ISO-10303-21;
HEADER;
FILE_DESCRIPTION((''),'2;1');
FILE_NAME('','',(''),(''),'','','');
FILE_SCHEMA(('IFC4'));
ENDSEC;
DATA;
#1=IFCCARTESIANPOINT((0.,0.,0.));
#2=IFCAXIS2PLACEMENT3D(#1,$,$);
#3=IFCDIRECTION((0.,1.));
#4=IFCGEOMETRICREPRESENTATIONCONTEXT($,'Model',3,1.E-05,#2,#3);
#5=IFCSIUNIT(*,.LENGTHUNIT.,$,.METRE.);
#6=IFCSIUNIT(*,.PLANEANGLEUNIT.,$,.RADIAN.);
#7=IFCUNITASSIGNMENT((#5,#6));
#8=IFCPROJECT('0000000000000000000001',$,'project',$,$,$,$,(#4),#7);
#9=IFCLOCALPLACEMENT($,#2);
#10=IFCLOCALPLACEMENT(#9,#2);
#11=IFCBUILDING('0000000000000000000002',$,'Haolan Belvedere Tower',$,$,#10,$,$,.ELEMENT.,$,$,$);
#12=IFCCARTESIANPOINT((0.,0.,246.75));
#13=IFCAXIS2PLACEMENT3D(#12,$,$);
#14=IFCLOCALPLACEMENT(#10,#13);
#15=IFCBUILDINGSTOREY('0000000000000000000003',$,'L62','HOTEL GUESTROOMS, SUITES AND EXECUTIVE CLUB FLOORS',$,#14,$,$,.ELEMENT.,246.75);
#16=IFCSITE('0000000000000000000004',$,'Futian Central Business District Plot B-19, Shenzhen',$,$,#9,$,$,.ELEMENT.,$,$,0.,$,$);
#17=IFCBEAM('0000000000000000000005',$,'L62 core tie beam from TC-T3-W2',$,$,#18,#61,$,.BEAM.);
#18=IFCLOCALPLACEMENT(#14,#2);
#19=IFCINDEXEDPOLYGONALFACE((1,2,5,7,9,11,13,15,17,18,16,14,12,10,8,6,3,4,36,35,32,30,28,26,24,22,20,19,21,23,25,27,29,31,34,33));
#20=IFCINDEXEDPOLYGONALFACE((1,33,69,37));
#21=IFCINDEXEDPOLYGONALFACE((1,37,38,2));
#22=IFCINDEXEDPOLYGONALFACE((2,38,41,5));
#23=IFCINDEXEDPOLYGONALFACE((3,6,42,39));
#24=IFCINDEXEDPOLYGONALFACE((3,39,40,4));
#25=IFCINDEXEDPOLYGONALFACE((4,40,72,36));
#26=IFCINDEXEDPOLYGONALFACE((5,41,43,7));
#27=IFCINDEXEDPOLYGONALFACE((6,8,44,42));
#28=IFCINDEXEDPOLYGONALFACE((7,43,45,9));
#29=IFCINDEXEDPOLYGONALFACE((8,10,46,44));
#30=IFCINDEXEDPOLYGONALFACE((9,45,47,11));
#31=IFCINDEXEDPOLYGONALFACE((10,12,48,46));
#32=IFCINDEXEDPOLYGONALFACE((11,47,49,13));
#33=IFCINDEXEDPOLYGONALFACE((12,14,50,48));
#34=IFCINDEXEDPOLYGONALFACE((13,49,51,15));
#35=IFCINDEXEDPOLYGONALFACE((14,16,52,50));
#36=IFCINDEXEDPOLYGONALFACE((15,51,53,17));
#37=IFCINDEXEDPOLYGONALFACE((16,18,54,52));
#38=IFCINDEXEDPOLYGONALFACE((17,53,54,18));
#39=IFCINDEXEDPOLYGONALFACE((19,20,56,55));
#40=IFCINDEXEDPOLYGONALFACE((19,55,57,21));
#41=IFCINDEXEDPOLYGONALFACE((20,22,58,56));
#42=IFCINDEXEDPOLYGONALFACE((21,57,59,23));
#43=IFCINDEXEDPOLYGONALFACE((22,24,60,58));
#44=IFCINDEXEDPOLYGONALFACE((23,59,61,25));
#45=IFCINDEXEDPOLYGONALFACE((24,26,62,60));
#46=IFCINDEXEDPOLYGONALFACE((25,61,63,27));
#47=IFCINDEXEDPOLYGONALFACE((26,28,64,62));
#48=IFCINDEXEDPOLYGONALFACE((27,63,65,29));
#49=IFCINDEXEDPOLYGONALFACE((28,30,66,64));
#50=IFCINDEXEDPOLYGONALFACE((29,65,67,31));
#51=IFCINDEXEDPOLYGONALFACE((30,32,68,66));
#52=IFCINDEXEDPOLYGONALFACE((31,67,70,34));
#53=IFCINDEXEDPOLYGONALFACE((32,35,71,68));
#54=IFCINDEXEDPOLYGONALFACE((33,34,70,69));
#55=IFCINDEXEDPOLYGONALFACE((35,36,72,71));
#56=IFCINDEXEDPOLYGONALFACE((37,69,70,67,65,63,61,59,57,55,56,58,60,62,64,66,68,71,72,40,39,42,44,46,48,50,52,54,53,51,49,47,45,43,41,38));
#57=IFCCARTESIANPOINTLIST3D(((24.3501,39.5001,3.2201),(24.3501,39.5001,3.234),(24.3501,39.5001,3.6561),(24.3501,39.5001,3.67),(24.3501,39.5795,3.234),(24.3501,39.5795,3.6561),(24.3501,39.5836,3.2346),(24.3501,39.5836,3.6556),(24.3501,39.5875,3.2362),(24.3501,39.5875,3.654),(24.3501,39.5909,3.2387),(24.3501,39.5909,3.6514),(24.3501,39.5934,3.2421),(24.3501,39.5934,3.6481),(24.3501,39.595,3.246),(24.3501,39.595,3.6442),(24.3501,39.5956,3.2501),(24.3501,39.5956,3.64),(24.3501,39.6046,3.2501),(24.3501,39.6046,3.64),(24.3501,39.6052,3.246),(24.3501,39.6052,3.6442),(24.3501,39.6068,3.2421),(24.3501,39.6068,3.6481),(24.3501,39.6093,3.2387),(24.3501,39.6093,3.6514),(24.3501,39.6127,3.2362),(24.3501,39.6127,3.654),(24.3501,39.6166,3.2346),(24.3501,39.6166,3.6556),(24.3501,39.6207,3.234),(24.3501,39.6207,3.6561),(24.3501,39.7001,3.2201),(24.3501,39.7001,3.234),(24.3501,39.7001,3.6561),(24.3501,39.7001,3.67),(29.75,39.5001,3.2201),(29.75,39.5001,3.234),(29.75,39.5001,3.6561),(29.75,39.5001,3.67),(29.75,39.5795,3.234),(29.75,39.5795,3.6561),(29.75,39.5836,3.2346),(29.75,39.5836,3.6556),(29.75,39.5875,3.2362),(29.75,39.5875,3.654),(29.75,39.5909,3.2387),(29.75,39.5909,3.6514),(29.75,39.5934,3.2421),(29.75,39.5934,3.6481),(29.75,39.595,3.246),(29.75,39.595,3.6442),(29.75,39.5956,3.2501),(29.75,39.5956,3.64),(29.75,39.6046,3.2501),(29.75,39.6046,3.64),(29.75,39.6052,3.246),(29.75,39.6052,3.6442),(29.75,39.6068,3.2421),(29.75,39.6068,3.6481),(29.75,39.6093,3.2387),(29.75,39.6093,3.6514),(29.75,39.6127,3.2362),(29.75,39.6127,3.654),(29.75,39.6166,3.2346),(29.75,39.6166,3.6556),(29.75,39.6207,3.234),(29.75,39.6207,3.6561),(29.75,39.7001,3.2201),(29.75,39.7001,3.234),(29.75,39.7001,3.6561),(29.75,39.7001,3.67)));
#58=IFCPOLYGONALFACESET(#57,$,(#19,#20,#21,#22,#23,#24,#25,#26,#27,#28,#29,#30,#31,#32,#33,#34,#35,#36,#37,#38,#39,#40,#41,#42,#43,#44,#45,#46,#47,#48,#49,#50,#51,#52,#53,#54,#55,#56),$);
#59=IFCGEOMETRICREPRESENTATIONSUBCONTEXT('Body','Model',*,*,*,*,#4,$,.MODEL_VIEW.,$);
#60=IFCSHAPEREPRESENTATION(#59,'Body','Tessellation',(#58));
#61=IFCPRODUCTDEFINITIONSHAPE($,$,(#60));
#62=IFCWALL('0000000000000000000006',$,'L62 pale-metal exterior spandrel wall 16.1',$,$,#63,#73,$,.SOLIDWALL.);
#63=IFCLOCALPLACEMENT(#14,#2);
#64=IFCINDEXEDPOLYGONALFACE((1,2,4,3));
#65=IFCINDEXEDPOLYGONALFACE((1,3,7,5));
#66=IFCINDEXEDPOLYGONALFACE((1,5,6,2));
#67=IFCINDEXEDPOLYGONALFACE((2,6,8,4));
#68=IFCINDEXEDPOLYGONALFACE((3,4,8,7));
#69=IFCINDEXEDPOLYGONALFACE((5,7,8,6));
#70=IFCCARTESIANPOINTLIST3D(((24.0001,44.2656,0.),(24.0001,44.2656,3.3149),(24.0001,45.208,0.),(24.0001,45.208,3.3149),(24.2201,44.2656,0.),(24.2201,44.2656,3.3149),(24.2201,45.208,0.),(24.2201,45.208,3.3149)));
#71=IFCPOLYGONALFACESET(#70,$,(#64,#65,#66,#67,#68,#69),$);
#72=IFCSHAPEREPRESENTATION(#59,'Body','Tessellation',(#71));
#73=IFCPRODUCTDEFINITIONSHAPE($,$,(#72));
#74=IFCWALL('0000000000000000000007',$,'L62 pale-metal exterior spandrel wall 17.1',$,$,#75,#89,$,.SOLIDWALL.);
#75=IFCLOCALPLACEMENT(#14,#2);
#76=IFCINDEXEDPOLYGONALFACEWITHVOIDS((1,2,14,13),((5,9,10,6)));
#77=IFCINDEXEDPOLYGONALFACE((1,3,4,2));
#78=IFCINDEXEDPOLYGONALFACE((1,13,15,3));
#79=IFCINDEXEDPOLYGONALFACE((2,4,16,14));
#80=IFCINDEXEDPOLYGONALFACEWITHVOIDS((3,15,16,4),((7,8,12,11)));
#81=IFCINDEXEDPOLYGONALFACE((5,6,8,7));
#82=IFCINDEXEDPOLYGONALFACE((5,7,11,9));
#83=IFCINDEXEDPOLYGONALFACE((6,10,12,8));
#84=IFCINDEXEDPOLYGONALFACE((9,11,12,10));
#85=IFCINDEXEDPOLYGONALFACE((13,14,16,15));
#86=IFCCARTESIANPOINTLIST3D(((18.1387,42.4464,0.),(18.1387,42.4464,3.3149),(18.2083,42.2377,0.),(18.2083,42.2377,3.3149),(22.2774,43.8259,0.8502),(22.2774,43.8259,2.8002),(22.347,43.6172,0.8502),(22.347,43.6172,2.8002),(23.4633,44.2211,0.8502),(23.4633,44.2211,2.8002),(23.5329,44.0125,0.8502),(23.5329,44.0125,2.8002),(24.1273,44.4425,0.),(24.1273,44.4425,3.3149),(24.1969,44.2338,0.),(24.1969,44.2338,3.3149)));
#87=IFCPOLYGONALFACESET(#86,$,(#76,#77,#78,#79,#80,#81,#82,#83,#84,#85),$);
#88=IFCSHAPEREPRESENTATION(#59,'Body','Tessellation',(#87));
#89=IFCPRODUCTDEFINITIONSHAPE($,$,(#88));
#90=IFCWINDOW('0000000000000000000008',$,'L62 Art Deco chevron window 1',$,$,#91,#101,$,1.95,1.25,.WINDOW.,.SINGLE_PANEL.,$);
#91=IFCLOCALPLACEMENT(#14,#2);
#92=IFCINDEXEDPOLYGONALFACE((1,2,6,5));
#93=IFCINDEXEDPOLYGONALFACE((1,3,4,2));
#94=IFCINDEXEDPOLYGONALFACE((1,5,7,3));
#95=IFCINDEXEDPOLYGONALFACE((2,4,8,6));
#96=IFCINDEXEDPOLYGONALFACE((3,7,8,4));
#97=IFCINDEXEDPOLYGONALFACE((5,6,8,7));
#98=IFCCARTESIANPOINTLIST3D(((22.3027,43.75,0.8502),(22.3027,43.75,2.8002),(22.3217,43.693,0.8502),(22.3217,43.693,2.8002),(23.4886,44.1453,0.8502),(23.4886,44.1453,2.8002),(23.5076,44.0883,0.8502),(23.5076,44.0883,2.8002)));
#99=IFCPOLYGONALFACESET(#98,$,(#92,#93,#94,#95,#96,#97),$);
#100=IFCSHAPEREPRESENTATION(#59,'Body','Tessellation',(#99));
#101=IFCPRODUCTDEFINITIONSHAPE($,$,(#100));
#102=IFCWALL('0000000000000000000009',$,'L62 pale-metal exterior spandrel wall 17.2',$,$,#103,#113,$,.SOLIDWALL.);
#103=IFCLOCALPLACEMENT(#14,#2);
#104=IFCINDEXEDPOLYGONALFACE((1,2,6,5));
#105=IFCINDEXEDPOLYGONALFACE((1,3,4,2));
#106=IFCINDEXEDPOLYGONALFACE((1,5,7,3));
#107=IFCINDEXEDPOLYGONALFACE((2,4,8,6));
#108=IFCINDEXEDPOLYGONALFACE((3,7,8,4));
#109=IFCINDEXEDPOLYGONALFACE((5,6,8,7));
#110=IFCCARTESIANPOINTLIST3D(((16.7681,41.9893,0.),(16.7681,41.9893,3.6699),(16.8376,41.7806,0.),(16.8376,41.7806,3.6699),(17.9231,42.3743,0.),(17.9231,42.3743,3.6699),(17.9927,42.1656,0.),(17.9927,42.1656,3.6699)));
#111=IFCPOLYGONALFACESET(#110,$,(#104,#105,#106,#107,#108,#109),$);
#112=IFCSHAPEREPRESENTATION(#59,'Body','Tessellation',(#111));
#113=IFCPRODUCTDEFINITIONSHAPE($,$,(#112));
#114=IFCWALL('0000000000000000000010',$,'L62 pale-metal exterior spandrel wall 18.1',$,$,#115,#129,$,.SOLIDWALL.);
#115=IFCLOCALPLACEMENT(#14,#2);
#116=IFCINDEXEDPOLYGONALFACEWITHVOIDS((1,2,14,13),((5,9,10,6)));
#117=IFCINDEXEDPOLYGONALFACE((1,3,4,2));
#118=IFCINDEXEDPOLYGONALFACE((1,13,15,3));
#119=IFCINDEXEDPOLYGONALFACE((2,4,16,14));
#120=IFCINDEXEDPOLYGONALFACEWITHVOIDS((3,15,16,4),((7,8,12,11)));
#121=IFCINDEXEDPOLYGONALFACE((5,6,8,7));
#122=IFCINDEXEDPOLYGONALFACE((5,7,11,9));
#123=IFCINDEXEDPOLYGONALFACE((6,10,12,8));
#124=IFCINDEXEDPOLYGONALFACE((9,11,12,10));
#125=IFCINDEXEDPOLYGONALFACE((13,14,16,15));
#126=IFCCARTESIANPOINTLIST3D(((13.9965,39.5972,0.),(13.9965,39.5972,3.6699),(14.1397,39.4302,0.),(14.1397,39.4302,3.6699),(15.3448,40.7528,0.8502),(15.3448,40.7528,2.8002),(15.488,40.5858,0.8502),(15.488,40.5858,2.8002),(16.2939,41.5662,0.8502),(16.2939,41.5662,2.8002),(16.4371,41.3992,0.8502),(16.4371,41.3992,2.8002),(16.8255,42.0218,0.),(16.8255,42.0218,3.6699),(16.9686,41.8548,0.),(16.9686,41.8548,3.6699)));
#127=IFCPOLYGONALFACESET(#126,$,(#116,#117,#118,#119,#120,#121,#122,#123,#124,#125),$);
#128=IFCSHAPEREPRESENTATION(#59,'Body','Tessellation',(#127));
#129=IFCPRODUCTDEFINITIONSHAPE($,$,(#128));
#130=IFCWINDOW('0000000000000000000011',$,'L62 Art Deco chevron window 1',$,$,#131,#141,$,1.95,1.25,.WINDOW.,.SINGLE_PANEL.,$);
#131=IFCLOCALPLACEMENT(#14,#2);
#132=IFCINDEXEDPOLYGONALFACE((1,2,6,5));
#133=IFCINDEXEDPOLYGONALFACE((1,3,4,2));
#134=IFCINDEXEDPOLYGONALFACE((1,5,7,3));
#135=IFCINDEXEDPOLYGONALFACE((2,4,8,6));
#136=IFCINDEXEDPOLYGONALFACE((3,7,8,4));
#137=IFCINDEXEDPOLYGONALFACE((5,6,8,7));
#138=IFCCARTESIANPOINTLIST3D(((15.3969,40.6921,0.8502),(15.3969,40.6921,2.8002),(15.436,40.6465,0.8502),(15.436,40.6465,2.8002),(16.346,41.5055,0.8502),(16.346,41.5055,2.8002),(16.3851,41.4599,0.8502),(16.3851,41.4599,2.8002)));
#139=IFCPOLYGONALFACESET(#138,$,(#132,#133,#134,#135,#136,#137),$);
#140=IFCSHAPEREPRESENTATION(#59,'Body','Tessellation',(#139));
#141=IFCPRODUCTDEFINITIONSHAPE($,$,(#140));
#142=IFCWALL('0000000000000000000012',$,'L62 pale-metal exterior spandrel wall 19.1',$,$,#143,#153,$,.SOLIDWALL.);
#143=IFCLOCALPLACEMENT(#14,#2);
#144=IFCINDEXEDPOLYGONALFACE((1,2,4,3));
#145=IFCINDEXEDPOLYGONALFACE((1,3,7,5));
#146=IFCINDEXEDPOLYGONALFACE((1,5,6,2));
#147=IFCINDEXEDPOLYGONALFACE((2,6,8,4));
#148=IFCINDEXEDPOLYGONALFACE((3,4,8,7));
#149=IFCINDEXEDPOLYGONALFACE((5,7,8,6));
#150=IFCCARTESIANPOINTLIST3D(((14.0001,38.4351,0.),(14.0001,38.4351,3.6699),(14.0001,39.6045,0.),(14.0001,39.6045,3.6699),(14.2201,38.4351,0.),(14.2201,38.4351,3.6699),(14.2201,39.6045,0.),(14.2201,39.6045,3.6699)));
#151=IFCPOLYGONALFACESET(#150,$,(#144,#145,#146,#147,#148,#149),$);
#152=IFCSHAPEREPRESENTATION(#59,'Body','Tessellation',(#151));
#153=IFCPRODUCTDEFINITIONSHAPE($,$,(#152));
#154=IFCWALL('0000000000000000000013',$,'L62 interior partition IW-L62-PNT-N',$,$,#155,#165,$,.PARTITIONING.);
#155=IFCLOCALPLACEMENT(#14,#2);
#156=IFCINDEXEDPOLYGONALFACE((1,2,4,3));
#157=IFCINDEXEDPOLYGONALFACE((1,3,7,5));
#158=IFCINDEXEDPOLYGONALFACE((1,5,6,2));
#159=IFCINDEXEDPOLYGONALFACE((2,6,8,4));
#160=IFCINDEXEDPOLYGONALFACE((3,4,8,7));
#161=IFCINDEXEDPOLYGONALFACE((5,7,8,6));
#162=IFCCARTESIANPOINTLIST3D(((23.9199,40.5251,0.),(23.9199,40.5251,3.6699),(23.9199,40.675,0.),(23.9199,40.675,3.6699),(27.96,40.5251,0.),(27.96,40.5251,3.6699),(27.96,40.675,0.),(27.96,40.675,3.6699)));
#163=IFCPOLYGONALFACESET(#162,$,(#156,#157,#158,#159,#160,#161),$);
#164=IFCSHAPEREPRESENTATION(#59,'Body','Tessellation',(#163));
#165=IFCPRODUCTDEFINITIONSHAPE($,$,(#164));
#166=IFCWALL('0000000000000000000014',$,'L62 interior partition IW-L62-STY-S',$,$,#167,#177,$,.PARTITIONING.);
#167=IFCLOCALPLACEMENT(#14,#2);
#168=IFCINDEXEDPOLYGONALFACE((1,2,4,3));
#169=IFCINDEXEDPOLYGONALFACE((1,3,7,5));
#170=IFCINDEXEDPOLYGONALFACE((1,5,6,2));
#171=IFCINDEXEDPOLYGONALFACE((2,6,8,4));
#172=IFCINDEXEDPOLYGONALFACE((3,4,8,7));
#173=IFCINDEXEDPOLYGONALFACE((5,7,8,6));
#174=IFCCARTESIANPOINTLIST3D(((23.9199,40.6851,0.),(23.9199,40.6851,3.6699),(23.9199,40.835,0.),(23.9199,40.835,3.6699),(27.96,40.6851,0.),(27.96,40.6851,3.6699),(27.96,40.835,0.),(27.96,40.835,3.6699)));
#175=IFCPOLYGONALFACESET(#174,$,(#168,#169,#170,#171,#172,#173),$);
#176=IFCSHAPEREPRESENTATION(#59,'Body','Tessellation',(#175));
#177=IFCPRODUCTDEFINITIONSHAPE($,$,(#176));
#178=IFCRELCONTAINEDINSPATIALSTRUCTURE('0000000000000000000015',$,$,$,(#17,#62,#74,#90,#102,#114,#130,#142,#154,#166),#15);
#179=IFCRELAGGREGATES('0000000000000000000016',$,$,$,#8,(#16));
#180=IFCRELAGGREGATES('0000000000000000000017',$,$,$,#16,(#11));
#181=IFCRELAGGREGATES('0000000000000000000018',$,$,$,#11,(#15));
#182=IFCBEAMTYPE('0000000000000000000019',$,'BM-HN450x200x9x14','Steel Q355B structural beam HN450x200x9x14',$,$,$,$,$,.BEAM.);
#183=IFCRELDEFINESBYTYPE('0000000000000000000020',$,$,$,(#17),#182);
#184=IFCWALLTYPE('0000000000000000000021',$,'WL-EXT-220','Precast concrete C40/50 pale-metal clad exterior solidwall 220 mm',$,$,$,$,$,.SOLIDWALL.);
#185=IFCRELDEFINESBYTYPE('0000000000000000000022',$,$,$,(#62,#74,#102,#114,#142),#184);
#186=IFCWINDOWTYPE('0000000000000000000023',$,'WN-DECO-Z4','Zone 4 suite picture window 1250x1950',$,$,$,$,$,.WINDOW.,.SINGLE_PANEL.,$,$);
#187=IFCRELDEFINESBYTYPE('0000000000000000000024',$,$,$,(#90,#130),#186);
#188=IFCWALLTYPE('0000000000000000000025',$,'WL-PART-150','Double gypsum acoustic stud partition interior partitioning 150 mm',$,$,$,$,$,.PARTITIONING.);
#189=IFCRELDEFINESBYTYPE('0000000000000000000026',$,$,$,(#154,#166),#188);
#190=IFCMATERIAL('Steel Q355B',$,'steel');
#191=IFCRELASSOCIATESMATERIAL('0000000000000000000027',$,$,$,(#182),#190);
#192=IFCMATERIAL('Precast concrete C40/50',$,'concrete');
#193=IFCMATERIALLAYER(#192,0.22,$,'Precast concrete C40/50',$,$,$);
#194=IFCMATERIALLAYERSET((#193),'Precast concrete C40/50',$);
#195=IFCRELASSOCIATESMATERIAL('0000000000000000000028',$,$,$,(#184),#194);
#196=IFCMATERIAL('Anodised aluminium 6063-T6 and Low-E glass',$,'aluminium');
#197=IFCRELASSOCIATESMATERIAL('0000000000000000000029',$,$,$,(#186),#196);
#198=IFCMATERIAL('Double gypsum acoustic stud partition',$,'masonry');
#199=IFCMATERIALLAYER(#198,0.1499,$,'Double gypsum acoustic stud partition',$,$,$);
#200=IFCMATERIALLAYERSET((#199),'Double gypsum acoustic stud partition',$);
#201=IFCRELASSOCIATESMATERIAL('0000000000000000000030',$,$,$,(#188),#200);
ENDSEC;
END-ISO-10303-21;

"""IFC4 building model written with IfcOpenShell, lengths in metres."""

from ifc_helpers import new_model, si_unit, direction, frame, frame_2d, origin, origin_2d, place, context, subcontext, project, spatial, rectangle, i_section, extrude, material, layer, layer_set, material_profile, profile_set, type_object, element, fill, save


model = new_model("IFC4")

# Units and contexts
model_context = context("Model", 3, precision=1e-05, world=origin(), true_north=direction((0.0, 1.0)))
body_context = subcontext(model_context, "Body", "Model", "MODEL_VIEW")
ifc_project = project(units=[si_unit("LENGTHUNIT", "METRE"), si_unit("PLANEANGLEUNIT", "RADIAN")], contexts=[model_context])

# Site, building, storey
site_placement = place(None, origin())
site = spatial("IfcSite", under=ifc_project, at=site_placement, Name="Futian Central Business District Plot B-19, Shenzhen", CompositionType="ELEMENT", RefElevation=0.0)
building_placement = place(site_placement, origin())
building = spatial("IfcBuilding", under=site, at=building_placement, Name="Haolan Belvedere Tower", CompositionType="ELEMENT")
storey_placement = place(building_placement, frame((0.0, 0.0, 246.75)))
storey = spatial("IfcBuildingStorey", under=building, at=storey_placement, Name="L62", Description="HOTEL GUESTROOMS, SUITES AND EXECUTIVE CLUB FLOORS", CompositionType="ELEMENT", Elevation=246.75)

# Beam
ifc_material_1 = material(Name="Steel Q355B", Category="steel")
ifc_material_profile_1 = material_profile(ifc_material_1, i_section(OverallWidth=0.2, OverallDepth=0.45, WebThickness=0.009, FlangeThickness=0.0139, FilletRadius=0.0161, at=origin_2d()), Name="Steel Q355B")
ifc_profile_set_1 = profile_set([ifc_material_profile_1], Name="Steel Q355B")
beam_type_1 = type_object("IfcBeamType", Name="BM-HN450x200x9x14", Description="Steel Q355B structural beam HN450x200x9x14", PredefinedType="BEAM", material=ifc_profile_set_1)
beam_1_placement = place(storey_placement, frame((24.3501, 39.6001, 3.4451), z_axis=(1.0, 0.0, 0.0), x_axis=(0.0, 1.0, 0.0)))
element("IfcBeam", 1, at=beam_1_placement, inside=storey, type_object=beam_type_1, Name="L62 core tie beam from TC-T3-W2", PredefinedType="BEAM", context=body_context, shape_type="SweptSolid", body=[
    extrude(i_section(OverallWidth=0.2, OverallDepth=0.45, WebThickness=0.009, FlangeThickness=0.0139, FilletRadius=0.0161, at=origin_2d()), origin(), (0.0, 0.0, 1.0), 5.3999),
])

# Wall
ifc_material_2 = material(Name="Precast concrete C40/50", Category="concrete")
ifc_layer_1 = layer(ifc_material_2, 0.22, Name="Precast concrete C40/50")
ifc_layer_set_1 = layer_set([ifc_layer_1], Name="Precast concrete C40/50")
wall_type_1 = type_object("IfcWallType", Name="WL-EXT-220", Description="Precast concrete C40/50 pale-metal clad exterior solidwall 220 mm", PredefinedType="SOLIDWALL", material=ifc_layer_set_1)
wall_1_placement = place(storey_placement, frame((24.1101, 45.208, 0.0), z_axis=(0.0, 0.0, 1.0), x_axis=(0.0, -1.0, 0.0)))
element("IfcWall", 2, at=wall_1_placement, inside=storey, type_object=wall_type_1, Name="L62 pale-metal exterior spandrel wall 16.1", PredefinedType="SOLIDWALL", context=body_context, shape_type="SweptSolid", body=[
    extrude(rectangle(XDim=0.9424, YDim=0.22, at=frame_2d((0.4712, 0.0))), origin(), (0.0, 0.0, 1.0), 3.3149),
])

# Wall, opening, window
wall_2_placement = place(storey_placement, frame((24.1621, 44.3381, 0.0), z_axis=(0.0, 0.0, 1.0), x_axis=(-0.948687, -0.316216, 0.0)))
wall_2 = element("IfcWall", 3, at=wall_2_placement, inside=storey, type_object=wall_type_1, Name="L62 pale-metal exterior spandrel wall 17.1", PredefinedType="SOLIDWALL", context=body_context, shape_type="SweptSolid", body=[
    extrude(rectangle(XDim=6.3125, YDim=0.22, at=frame_2d((3.1562, 0.0))), origin(), (0.0, 0.0, 1.0), 3.3149),
])
opening_1_placement = place(wall_2_placement, frame((0.7, 0.0, 0.8501)))
opening_1 = element("IfcOpeningElement", 4, at=opening_1_placement, cuts=wall_2, PredefinedType="OPENING", context=body_context, shape_type="SweptSolid", body=[
    extrude(rectangle(XDim=1.25, YDim=1.95, at=frame_2d((0.625, 0.9751))), frame((0.0, 0.1199, 0.0), z_axis=(0.0, -1.0, 0.0), x_axis=(1.0, 0.0, 0.0)), (0.0, 0.0, 1.0), 0.24),
])
ifc_material_3 = material(Name="Anodised aluminium 6063-T6 and Low-E glass", Category="aluminium")
window_type = type_object("IfcWindowType", Name="WN-DECO-Z4", Description="Zone 4 suite picture window 1250x1950", PartitioningType="SINGLE_PANEL", PredefinedType="WINDOW", material=ifc_material_3)
window_1_placement = place(opening_1_placement, origin())
window_1 = element("IfcWindow", 5, at=window_1_placement, inside=storey, type_object=window_type, Name="L62 Art Deco chevron window 1", OverallHeight=1.95, OverallWidth=1.25, PartitioningType="SINGLE_PANEL", PredefinedType="WINDOW", context=body_context, shape_type="SweptSolid", body=[
    extrude(rectangle(XDim=1.25, YDim=1.95, at=frame_2d((0.625, 0.9751))), frame((0.0, 0.03, 0.0), z_axis=(0.0, -1.0, 0.0), x_axis=(1.0, 0.0, 0.0)), (0.0, 0.0, 1.0), 0.0601),
])
fill(opening_1, window_1)

# Wall
wall_3_placement = place(storey_placement, frame((17.958, 42.27, 0.0), z_axis=(0.0, 0.0, 1.0), x_axis=(-0.948683, -0.316228, 0.0)))
element("IfcWall", 6, at=wall_3_placement, inside=storey, type_object=wall_type_1, Name="L62 pale-metal exterior spandrel wall 17.2", PredefinedType="SOLIDWALL", context=body_context, shape_type="SweptSolid", body=[
    extrude(rectangle(XDim=1.2175, YDim=0.22, at=frame_2d((0.6089, 0.0))), origin(), (0.0, 0.0, 1.0), 3.6699),
])

# Wall, opening, window
wall_4_placement = place(storey_placement, frame((16.897, 41.9382, 0.0), z_axis=(0.0, 0.0, 1.0), x_axis=(-0.75928, -0.650764, 0.0)))
wall_4 = element("IfcWall", 7, at=wall_4_placement, inside=storey, type_object=wall_type_1, Name="L62 pale-metal exterior spandrel wall 18.1", PredefinedType="SOLIDWALL", context=body_context, shape_type="SweptSolid", body=[
    extrude(rectangle(XDim=3.7258, YDim=0.22, at=frame_2d((1.8628, 0.0))), origin(), (0.0, 0.0, 1.0), 3.6699),
])
opening_2_placement = place(wall_4_placement, frame((0.7, 0.0, 0.8501)))
opening_2 = element("IfcOpeningElement", 8, at=opening_2_placement, cuts=wall_4, PredefinedType="OPENING", context=body_context, shape_type="SweptSolid", body=[
    extrude(rectangle(XDim=1.25, YDim=1.95, at=frame_2d((0.625, 0.9751))), frame((0.0, 0.1199, 0.0), z_axis=(0.0, -1.0, 0.0), x_axis=(1.0, 0.0, 0.0)), (0.0, 0.0, 1.0), 0.24),
])
window_2_placement = place(opening_2_placement, origin())
window_2 = element("IfcWindow", 9, at=window_2_placement, inside=storey, type_object=window_type, Name="L62 Art Deco chevron window 1", OverallHeight=1.95, OverallWidth=1.25, PartitioningType="SINGLE_PANEL", PredefinedType="WINDOW", context=body_context, shape_type="SweptSolid", body=[
    extrude(rectangle(XDim=1.25, YDim=1.95, at=frame_2d((0.625, 0.9751))), frame((0.0, 0.03, 0.0), z_axis=(0.0, -1.0, 0.0), x_axis=(1.0, 0.0, 0.0)), (0.0, 0.0, 1.0), 0.0601),
])
fill(opening_2, window_2)

# Walls
wall_5_placement = place(storey_placement, frame((14.1101, 39.6045, 0.0), z_axis=(0.0, 0.0, 1.0), x_axis=(0.0, -1.0, 0.0)))
element("IfcWall", 10, at=wall_5_placement, inside=storey, type_object=wall_type_1, Name="L62 pale-metal exterior spandrel wall 19.1", PredefinedType="SOLIDWALL", context=body_context, shape_type="SweptSolid", body=[
    extrude(rectangle(XDim=1.1694, YDim=0.22, at=frame_2d((0.5847, 0.0))), origin(), (0.0, 0.0, 1.0), 3.6699),
])
ifc_material_4 = material(Name="Double gypsum acoustic stud partition", Category="masonry")
ifc_layer_2 = layer(ifc_material_4, 0.1499, Name="Double gypsum acoustic stud partition")
ifc_layer_set_2 = layer_set([ifc_layer_2], Name="Double gypsum acoustic stud partition")
wall_type_2 = type_object("IfcWallType", Name="WL-PART-150", Description="Double gypsum acoustic stud partition interior partitioning 150 mm", PredefinedType="PARTITIONING", material=ifc_layer_set_2)
for number, where, z_axis, x_axis, name in (
    (11, (23.9199, 40.6001, 0.0), (0.0, 0.0, 1.0), (1.0, 0.0, 0.0), "L62 interior partition IW-L62-PNT-N"),
    (12, (23.9199, 40.76, 0.0), (0.0, 0.0, 1.0), (1.0, 0.0, 0.0), "L62 interior partition IW-L62-STY-S"),
):
    element("IfcWall", number, at=place(storey_placement, frame(where, z_axis=z_axis, x_axis=x_axis)), inside=storey, type_object=wall_type_2, Name=name, PredefinedType="PARTITIONING", context=body_context, shape_type="SweptSolid", body=[
        extrude(rectangle(XDim=4.04, YDim=0.1499, at=frame_2d((2.02, 0.0))), origin(), (0.0, 0.0, 1.0), 3.6699),
    ])

save(model, "model.ifc")
